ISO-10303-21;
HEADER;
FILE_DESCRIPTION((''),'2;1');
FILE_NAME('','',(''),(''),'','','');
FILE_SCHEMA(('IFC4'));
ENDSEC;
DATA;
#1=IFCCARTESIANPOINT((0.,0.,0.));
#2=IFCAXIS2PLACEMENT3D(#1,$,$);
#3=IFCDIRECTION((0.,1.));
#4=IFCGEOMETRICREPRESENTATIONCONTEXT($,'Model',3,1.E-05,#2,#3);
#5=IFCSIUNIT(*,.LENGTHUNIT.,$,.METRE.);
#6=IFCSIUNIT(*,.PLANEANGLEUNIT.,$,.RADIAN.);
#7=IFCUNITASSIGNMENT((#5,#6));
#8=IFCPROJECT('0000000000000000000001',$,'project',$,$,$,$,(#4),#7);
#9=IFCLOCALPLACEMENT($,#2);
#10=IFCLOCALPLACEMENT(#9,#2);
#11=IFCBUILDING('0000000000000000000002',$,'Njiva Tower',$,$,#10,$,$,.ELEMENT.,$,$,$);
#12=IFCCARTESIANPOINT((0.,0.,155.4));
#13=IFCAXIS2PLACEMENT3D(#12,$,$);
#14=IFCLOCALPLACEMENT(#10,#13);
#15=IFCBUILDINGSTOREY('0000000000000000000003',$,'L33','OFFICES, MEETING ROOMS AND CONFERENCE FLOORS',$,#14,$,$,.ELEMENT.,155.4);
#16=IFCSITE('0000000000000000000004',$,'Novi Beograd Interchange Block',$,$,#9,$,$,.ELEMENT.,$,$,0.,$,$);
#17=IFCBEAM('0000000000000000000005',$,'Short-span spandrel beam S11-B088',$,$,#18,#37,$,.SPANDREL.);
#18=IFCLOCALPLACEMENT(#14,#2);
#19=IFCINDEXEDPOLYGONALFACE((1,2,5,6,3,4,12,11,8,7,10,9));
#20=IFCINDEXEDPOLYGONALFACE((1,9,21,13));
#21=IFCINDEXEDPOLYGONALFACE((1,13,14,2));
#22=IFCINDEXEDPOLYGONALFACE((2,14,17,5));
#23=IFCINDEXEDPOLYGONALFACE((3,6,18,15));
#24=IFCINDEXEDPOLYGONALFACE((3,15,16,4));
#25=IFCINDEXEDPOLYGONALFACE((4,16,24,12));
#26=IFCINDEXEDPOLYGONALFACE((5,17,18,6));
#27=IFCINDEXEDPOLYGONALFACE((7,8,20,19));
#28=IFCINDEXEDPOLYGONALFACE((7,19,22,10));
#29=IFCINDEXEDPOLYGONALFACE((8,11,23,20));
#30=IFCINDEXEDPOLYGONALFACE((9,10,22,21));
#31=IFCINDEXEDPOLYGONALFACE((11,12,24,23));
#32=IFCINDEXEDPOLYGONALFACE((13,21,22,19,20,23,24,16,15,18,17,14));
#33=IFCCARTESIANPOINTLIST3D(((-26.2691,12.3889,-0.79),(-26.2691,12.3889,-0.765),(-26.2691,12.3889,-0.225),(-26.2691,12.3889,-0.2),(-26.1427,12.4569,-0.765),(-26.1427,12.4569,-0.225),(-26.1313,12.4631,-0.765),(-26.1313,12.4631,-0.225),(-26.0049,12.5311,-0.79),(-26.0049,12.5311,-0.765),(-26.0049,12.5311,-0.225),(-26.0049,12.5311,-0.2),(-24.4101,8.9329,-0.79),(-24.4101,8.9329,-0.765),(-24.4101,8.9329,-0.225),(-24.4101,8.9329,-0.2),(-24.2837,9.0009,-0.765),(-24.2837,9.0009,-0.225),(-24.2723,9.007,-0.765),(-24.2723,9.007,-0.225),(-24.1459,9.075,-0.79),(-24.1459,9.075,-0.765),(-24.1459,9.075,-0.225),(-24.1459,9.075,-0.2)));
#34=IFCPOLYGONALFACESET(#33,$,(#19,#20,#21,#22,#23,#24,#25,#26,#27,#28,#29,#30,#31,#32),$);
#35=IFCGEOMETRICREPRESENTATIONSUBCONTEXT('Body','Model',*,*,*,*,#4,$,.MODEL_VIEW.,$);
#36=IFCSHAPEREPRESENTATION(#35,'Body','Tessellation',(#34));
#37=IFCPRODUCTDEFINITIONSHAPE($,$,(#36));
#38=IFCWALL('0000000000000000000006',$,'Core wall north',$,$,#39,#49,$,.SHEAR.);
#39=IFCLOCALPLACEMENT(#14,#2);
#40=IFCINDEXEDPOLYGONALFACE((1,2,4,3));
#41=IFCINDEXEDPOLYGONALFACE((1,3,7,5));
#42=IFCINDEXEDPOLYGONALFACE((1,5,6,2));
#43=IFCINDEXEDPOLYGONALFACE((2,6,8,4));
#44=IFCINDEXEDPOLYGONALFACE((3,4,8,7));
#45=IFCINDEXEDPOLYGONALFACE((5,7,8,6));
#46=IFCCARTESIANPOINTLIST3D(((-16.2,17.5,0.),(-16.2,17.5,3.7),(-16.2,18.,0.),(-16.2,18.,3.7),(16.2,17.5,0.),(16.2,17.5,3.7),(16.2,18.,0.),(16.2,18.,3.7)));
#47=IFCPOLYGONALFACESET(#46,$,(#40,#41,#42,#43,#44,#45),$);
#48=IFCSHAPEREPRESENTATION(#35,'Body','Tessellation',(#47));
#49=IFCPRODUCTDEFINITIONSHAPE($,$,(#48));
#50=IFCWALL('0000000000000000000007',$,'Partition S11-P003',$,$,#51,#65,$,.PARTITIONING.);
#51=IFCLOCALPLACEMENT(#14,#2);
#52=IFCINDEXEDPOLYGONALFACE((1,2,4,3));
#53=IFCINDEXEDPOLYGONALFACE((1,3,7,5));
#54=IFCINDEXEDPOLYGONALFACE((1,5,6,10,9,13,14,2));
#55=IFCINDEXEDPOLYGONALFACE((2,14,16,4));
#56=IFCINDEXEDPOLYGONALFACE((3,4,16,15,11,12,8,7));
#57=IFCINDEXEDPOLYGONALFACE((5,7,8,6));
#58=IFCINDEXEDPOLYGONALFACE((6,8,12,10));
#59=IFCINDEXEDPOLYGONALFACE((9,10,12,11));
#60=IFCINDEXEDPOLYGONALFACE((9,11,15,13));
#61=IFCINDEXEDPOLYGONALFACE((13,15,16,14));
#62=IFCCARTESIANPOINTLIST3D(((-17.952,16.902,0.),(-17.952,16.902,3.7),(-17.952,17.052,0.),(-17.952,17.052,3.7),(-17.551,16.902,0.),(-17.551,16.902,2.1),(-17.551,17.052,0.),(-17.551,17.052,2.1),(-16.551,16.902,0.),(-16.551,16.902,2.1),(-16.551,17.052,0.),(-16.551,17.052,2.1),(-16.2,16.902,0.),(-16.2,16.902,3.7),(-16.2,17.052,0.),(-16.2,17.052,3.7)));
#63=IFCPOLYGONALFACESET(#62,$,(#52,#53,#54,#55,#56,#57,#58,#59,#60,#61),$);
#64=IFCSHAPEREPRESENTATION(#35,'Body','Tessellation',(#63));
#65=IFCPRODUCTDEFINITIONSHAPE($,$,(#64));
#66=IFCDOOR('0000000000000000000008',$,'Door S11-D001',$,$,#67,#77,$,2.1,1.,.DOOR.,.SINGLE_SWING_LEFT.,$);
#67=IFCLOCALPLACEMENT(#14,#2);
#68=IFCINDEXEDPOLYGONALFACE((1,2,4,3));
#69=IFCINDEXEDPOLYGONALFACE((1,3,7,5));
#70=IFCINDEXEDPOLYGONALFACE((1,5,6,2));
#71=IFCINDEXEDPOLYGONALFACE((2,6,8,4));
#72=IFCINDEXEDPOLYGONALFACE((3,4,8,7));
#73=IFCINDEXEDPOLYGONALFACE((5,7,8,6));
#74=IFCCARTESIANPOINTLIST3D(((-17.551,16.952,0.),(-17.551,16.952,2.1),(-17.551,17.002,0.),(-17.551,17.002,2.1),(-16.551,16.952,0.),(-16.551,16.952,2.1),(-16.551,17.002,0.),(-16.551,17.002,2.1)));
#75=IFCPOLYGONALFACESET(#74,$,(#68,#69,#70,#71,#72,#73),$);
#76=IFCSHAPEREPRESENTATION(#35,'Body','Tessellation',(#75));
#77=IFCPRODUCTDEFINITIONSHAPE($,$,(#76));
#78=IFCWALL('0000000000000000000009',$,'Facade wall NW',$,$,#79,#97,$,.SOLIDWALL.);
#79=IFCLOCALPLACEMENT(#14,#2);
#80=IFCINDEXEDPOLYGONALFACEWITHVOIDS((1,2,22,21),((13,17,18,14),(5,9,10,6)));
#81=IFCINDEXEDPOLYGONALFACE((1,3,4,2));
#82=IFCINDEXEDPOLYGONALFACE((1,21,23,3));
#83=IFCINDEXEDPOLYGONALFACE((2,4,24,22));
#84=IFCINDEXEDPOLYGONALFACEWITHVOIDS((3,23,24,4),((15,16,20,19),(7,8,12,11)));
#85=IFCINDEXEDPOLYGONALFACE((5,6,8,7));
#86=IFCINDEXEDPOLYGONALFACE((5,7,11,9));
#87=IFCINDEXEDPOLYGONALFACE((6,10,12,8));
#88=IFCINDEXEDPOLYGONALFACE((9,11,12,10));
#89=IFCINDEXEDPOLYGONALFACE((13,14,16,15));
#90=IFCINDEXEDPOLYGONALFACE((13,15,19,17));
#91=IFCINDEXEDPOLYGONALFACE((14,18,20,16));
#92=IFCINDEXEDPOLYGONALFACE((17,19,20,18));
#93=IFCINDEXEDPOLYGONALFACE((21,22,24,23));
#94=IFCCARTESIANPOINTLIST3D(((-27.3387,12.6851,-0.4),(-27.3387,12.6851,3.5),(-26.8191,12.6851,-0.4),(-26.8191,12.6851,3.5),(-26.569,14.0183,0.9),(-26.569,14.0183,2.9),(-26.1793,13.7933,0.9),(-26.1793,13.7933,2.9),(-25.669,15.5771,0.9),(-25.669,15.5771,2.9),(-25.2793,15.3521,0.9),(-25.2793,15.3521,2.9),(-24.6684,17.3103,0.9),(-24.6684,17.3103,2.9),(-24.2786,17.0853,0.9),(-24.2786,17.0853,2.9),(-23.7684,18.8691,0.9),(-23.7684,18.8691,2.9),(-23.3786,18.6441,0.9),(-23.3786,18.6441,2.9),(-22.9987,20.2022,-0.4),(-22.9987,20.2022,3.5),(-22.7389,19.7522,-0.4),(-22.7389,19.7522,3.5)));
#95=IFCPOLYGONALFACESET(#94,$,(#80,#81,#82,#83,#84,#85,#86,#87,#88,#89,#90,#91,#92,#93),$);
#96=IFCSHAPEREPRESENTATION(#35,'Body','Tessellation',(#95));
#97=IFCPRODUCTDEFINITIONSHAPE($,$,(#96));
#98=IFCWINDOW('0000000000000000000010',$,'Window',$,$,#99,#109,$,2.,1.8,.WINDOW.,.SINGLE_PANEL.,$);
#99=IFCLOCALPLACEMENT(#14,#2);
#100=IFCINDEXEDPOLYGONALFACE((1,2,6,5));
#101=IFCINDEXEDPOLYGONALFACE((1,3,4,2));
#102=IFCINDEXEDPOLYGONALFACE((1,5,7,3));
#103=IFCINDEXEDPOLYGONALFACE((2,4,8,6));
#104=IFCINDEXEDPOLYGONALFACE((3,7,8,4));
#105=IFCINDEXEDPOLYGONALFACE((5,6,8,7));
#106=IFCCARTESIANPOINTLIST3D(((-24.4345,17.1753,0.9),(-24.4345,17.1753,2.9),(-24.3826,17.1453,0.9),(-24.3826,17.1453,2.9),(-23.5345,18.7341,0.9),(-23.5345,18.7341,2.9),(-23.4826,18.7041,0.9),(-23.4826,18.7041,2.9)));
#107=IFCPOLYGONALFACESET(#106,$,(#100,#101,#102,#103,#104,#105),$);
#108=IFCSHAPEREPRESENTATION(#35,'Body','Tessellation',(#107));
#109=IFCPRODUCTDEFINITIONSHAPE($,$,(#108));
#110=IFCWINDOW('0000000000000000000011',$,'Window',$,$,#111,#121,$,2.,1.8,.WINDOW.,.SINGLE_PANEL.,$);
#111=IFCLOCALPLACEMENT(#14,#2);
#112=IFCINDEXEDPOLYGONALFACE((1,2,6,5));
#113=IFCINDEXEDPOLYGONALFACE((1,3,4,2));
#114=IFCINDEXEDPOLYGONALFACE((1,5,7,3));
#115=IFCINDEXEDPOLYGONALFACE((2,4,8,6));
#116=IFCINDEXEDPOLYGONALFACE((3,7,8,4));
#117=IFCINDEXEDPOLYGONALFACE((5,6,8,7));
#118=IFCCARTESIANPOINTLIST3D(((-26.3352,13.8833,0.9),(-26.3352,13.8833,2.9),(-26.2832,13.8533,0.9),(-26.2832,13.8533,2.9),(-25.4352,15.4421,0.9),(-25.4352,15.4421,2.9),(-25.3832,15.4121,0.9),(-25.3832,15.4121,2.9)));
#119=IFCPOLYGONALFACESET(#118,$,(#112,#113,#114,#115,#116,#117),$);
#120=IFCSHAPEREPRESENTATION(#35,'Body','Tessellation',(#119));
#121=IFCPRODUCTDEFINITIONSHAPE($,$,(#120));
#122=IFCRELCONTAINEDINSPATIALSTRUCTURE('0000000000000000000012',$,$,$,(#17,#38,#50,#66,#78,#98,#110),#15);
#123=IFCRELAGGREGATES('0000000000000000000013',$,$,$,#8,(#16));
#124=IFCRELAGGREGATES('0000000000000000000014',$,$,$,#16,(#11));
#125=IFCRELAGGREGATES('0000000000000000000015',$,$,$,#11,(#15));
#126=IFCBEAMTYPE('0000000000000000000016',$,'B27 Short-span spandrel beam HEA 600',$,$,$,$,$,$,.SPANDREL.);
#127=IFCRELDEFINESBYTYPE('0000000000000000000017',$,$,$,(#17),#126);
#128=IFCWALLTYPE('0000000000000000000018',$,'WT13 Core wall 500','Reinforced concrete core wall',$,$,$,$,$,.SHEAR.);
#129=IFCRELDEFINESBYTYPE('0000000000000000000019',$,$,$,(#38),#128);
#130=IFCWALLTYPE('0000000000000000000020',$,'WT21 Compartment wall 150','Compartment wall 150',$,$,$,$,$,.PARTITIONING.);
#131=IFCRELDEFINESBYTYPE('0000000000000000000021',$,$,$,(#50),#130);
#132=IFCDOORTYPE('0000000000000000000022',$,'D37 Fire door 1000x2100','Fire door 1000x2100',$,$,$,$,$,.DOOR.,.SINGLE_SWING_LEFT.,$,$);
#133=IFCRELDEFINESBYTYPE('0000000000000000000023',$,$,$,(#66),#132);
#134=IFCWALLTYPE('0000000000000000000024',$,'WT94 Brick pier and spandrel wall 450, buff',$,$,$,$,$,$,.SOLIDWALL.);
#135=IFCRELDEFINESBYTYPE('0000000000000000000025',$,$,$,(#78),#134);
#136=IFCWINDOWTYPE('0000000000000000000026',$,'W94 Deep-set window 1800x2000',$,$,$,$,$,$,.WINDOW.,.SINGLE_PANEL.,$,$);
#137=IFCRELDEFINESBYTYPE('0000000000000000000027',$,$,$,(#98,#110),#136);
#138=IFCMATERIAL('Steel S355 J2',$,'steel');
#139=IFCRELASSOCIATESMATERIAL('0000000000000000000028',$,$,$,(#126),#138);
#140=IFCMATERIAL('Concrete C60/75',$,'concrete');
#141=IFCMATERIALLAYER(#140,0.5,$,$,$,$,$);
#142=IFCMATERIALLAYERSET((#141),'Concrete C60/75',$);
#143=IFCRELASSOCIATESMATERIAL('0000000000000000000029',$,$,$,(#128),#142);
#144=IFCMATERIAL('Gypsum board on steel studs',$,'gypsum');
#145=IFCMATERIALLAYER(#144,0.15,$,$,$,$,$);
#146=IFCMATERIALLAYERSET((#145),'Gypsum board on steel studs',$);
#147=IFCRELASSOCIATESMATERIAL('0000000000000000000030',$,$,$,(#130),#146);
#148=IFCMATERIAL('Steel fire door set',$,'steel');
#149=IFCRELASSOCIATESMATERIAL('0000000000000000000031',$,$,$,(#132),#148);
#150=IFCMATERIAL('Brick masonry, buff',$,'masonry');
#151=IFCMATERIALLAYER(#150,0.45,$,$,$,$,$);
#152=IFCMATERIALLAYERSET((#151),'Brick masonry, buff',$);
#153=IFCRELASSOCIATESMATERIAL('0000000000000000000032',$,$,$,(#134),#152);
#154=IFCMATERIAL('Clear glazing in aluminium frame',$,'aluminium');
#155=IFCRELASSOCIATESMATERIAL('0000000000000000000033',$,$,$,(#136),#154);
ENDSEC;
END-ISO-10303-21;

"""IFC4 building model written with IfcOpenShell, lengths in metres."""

from ifc_helpers import new_model, si_unit, direction, frame, frame_2d, origin, origin_2d, place, context, subcontext, project, spatial, polyline, rectangle, i_section, outline, extrude, material, layer, layer_set, material_profile, profile_set, type_object, element, fill, save


model = new_model("IFC4")

# Units and contexts
model_context = context("Model", 3, precision=1e-05, world=origin(), true_north=direction((0.0, 1.0)))
body_context = subcontext(model_context, "Body", "Model", "MODEL_VIEW")
ifc_project = project(units=[si_unit("LENGTHUNIT", "METRE"), si_unit("PLANEANGLEUNIT", "RADIAN")], contexts=[model_context])

# Site, building, storey
site_placement = place(None, origin())
site = spatial("IfcSite", under=ifc_project, at=site_placement, Name="Novi Beograd Interchange Block", CompositionType="ELEMENT", RefElevation=0.0)
building_placement = place(site_placement, origin())
building = spatial("IfcBuilding", under=site, at=building_placement, Name="Njiva Tower", CompositionType="ELEMENT")
storey_placement = place(building_placement, frame((0.0, 0.0, 155.4)))
storey = spatial("IfcBuildingStorey", under=building, at=storey_placement, Name="L33", Description="OFFICES, MEETING ROOMS AND CONFERENCE FLOORS", CompositionType="ELEMENT", Elevation=155.4)

# Shared definitions
ifc_material_1 = material(Name="Steel S355 J2", Category="steel")

# Beam
ifc_material_profile_1 = material_profile(ifc_material_1, i_section(OverallWidth=0.3, OverallDepth=0.59, WebThickness=0.013, FlangeThickness=0.025, at=origin_2d()), Name="HEA 600")
ifc_profile_set_1 = profile_set([ifc_material_profile_1], Name="Steel S355 J2")
beam_type_1 = type_object("IfcBeamType", Name="B27 Short-span spandrel beam HEA 600", PredefinedType="SPANDREL", material=ifc_profile_set_1)
beam_1_placement = place(storey_placement, frame((-26.137, 12.46, -0.495), z_axis=(0.47372, -0.880676, 0.0), x_axis=(0.880676, 0.47372, 0.0)))
element("IfcBeam", 1, at=beam_1_placement, inside=storey, type_object=beam_type_1, Name="Short-span spandrel beam S11-B088", PredefinedType="SPANDREL", context=body_context, shape_type="SweptSolid", body=[
    extrude(i_section(OverallWidth=0.3, OverallDepth=0.59, WebThickness=0.013, FlangeThickness=0.025, at=origin_2d()), origin(), (0.0, 0.0, 1.0), 3.9243),
])

# Wall
ifc_material_2 = material(Name="Concrete C60/75", Category="concrete")
ifc_layer_1 = layer(ifc_material_2, 0.5)
ifc_layer_set_1 = layer_set([ifc_layer_1], Name="Concrete C60/75")
wall_type_1 = type_object("IfcWallType", Name="WT13 Core wall 500", Description="Reinforced concrete core wall", PredefinedType="SHEAR", material=ifc_layer_set_1)
wall_1_placement = place(storey_placement, frame((-16.2, 17.75, 0.0), z_axis=(0.0, 0.0, 1.0), x_axis=(1.0, 0.0, 0.0)))
element("IfcWall", 2, at=wall_1_placement, inside=storey, type_object=wall_type_1, Name="Core wall north", PredefinedType="SHEAR", context=body_context, shape_type="SweptSolid", body=[
    extrude(rectangle(XDim=32.4, YDim=0.5, at=frame_2d((16.2, 0.0))), origin(), (0.0, 0.0, 1.0), 3.7),
])

# Wall, opening, door
ifc_material_3 = material(Name="Gypsum board on steel studs", Category="gypsum")
ifc_layer_2 = layer(ifc_material_3, 0.15)
ifc_layer_set_2 = layer_set([ifc_layer_2], Name="Gypsum board on steel studs")
wall_type_2 = type_object("IfcWallType", Name="WT21 Compartment wall 150", Description="Compartment wall 150", PredefinedType="PARTITIONING", material=ifc_layer_set_2)
wall_2_placement = place(storey_placement, frame((-17.952, 16.977, 0.0), z_axis=(0.0, 0.0, 1.0), x_axis=(1.0, 0.0, 0.0)))
wall_2 = element("IfcWall", 3, at=wall_2_placement, inside=storey, type_object=wall_type_2, Name="Partition S11-P003", PredefinedType="PARTITIONING", context=body_context, shape_type="SweptSolid", body=[
    extrude(rectangle(XDim=1.752, YDim=0.15, at=frame_2d((0.876, 0.0))), origin(), (0.0, 0.0, 1.0), 3.7),
])
opening_1_placement = place(wall_2_placement, frame((0.401, 0.0, 0.0)))
opening_1 = element("IfcOpeningElement", 4, at=opening_1_placement, cuts=wall_2, PredefinedType="OPENING", context=body_context, shape_type="SweptSolid", body=[
    extrude(rectangle(XDim=1.0, YDim=2.1, at=frame_2d((0.5, 1.05))), frame((0.0, 0.085, 0.0), z_axis=(0.0, -1.0, 0.0), x_axis=(1.0, 0.0, 0.0)), (0.0, 0.0, 1.0), 0.17),
])
ifc_material_4 = material(Name="Steel fire door set", Category="steel")
door_type = type_object("IfcDoorType", Name="D37 Fire door 1000x2100", Description="Fire door 1000x2100", OperationType="SINGLE_SWING_LEFT", PredefinedType="DOOR", material=ifc_material_4)
door_placement = place(opening_1_placement, origin())
door = element("IfcDoor", 5, at=door_placement, inside=storey, type_object=door_type, Name="Door S11-D001", OperationType="SINGLE_SWING_LEFT", OverallHeight=2.1, OverallWidth=1.0, PredefinedType="DOOR", context=body_context, shape_type="SweptSolid", body=[
    extrude(rectangle(XDim=1.0, YDim=2.1, at=frame_2d((0.5, 1.05))), frame((0.0, 0.025, 0.0), z_axis=(0.0, -1.0, 0.0), x_axis=(1.0, 0.0, 0.0)), (0.0, 0.0, 1.0), 0.05),
])
fill(opening_1, door)

# Wall, openings, windows
ifc_material_5 = material(Name="Clear glazing in aluminium frame", Category="aluminium")
ifc_material_6 = material(Name="Brick masonry, buff", Category="masonry")
ifc_layer_3 = layer(ifc_material_6, 0.45)
ifc_layer_set_3 = layer_set([ifc_layer_3], Name="Brick masonry, buff")
wall_type_3 = type_object("IfcWallType", Name="WT94 Brick pier and spandrel wall 450, buff", PredefinedType="SOLIDWALL", material=ifc_layer_set_3)
wall_3_placement = place(storey_placement, frame((-22.8688, 19.9772, -0.4), z_axis=(0.0, 0.0, 1.0), x_axis=(-0.5, -0.866025, 0.0)))
wall_3 = element("IfcWall", 6, at=wall_3_placement, inside=storey, type_object=wall_type_3, Name="Facade wall NW", PredefinedType="SOLIDWALL", context=body_context, shape_type="SweptSolid", body=[
    extrude(outline(polyline([(-0.1299, -0.225), (8.5501, -0.225), (8.2903, 0.225), (0.1299, 0.225), (-0.1299, -0.225)])), origin(), (0.0, 0.0, 1.0), 3.9),
])
opening_2_placement = place(wall_3_placement, frame((1.4094, 0.0, 1.3)))
opening_2 = element("IfcOpeningElement", 7, at=opening_2_placement, cuts=wall_3, PredefinedType="OPENING", context=body_context, shape_type="SweptSolid", body=[
    extrude(rectangle(XDim=1.8, YDim=2.0, at=frame_2d((0.9, 1.0))), frame((0.0, 0.235, 0.0), z_axis=(0.0, -1.0, 0.0), x_axis=(1.0, 0.0, 0.0)), (0.0, 0.0, 1.0), 0.47),
])
opening_3_placement = place(wall_3_placement, frame((5.2107, 0.0, 1.3)))
opening_3 = element("IfcOpeningElement", 8, at=opening_3_placement, cuts=wall_3, PredefinedType="OPENING", context=body_context, shape_type="SweptSolid", body=[
    extrude(rectangle(XDim=1.8, YDim=2.0, at=frame_2d((0.9, 1.0))), frame((0.0, 0.235, 0.0), z_axis=(0.0, -1.0, 0.0), x_axis=(1.0, 0.0, 0.0)), (0.0, 0.0, 1.0), 0.47),
])
window_type_1 = type_object("IfcWindowType", Name="W94 Deep-set window 1800x2000", PartitioningType="SINGLE_PANEL", PredefinedType="WINDOW", material=ifc_material_5)
window_1_placement = place(opening_2_placement, origin())
window_1 = element("IfcWindow", 9, at=window_1_placement, inside=storey, type_object=window_type_1, Name="Window", OverallHeight=2.0, OverallWidth=1.8, PartitioningType="SINGLE_PANEL", PredefinedType="WINDOW", context=body_context, shape_type="SweptSolid", body=[
    extrude(rectangle(XDim=1.8, YDim=2.0, at=frame_2d((0.9, 1.0))), frame((0.0, 0.105, 0.0), z_axis=(0.0, -1.0, 0.0), x_axis=(1.0, 0.0, 0.0)), (0.0, 0.0, 1.0), 0.06),
])
fill(opening_2, window_1)
window_2_placement = place(opening_3_placement, origin())
window_2 = element("IfcWindow", 10, at=window_2_placement, inside=storey, type_object=window_type_1, Name="Window", OverallHeight=2.0, OverallWidth=1.8, PartitioningType="SINGLE_PANEL", PredefinedType="WINDOW", context=body_context, shape_type="SweptSolid", body=[
    extrude(rectangle(XDim=1.8, YDim=2.0, at=frame_2d((0.9, 1.0))), frame((0.0, 0.105, 0.0), z_axis=(0.0, -1.0, 0.0), x_axis=(1.0, 0.0, 0.0)), (0.0, 0.0, 1.0), 0.06),
])
fill(opening_3, window_2)

save(model, "model.ifc")
